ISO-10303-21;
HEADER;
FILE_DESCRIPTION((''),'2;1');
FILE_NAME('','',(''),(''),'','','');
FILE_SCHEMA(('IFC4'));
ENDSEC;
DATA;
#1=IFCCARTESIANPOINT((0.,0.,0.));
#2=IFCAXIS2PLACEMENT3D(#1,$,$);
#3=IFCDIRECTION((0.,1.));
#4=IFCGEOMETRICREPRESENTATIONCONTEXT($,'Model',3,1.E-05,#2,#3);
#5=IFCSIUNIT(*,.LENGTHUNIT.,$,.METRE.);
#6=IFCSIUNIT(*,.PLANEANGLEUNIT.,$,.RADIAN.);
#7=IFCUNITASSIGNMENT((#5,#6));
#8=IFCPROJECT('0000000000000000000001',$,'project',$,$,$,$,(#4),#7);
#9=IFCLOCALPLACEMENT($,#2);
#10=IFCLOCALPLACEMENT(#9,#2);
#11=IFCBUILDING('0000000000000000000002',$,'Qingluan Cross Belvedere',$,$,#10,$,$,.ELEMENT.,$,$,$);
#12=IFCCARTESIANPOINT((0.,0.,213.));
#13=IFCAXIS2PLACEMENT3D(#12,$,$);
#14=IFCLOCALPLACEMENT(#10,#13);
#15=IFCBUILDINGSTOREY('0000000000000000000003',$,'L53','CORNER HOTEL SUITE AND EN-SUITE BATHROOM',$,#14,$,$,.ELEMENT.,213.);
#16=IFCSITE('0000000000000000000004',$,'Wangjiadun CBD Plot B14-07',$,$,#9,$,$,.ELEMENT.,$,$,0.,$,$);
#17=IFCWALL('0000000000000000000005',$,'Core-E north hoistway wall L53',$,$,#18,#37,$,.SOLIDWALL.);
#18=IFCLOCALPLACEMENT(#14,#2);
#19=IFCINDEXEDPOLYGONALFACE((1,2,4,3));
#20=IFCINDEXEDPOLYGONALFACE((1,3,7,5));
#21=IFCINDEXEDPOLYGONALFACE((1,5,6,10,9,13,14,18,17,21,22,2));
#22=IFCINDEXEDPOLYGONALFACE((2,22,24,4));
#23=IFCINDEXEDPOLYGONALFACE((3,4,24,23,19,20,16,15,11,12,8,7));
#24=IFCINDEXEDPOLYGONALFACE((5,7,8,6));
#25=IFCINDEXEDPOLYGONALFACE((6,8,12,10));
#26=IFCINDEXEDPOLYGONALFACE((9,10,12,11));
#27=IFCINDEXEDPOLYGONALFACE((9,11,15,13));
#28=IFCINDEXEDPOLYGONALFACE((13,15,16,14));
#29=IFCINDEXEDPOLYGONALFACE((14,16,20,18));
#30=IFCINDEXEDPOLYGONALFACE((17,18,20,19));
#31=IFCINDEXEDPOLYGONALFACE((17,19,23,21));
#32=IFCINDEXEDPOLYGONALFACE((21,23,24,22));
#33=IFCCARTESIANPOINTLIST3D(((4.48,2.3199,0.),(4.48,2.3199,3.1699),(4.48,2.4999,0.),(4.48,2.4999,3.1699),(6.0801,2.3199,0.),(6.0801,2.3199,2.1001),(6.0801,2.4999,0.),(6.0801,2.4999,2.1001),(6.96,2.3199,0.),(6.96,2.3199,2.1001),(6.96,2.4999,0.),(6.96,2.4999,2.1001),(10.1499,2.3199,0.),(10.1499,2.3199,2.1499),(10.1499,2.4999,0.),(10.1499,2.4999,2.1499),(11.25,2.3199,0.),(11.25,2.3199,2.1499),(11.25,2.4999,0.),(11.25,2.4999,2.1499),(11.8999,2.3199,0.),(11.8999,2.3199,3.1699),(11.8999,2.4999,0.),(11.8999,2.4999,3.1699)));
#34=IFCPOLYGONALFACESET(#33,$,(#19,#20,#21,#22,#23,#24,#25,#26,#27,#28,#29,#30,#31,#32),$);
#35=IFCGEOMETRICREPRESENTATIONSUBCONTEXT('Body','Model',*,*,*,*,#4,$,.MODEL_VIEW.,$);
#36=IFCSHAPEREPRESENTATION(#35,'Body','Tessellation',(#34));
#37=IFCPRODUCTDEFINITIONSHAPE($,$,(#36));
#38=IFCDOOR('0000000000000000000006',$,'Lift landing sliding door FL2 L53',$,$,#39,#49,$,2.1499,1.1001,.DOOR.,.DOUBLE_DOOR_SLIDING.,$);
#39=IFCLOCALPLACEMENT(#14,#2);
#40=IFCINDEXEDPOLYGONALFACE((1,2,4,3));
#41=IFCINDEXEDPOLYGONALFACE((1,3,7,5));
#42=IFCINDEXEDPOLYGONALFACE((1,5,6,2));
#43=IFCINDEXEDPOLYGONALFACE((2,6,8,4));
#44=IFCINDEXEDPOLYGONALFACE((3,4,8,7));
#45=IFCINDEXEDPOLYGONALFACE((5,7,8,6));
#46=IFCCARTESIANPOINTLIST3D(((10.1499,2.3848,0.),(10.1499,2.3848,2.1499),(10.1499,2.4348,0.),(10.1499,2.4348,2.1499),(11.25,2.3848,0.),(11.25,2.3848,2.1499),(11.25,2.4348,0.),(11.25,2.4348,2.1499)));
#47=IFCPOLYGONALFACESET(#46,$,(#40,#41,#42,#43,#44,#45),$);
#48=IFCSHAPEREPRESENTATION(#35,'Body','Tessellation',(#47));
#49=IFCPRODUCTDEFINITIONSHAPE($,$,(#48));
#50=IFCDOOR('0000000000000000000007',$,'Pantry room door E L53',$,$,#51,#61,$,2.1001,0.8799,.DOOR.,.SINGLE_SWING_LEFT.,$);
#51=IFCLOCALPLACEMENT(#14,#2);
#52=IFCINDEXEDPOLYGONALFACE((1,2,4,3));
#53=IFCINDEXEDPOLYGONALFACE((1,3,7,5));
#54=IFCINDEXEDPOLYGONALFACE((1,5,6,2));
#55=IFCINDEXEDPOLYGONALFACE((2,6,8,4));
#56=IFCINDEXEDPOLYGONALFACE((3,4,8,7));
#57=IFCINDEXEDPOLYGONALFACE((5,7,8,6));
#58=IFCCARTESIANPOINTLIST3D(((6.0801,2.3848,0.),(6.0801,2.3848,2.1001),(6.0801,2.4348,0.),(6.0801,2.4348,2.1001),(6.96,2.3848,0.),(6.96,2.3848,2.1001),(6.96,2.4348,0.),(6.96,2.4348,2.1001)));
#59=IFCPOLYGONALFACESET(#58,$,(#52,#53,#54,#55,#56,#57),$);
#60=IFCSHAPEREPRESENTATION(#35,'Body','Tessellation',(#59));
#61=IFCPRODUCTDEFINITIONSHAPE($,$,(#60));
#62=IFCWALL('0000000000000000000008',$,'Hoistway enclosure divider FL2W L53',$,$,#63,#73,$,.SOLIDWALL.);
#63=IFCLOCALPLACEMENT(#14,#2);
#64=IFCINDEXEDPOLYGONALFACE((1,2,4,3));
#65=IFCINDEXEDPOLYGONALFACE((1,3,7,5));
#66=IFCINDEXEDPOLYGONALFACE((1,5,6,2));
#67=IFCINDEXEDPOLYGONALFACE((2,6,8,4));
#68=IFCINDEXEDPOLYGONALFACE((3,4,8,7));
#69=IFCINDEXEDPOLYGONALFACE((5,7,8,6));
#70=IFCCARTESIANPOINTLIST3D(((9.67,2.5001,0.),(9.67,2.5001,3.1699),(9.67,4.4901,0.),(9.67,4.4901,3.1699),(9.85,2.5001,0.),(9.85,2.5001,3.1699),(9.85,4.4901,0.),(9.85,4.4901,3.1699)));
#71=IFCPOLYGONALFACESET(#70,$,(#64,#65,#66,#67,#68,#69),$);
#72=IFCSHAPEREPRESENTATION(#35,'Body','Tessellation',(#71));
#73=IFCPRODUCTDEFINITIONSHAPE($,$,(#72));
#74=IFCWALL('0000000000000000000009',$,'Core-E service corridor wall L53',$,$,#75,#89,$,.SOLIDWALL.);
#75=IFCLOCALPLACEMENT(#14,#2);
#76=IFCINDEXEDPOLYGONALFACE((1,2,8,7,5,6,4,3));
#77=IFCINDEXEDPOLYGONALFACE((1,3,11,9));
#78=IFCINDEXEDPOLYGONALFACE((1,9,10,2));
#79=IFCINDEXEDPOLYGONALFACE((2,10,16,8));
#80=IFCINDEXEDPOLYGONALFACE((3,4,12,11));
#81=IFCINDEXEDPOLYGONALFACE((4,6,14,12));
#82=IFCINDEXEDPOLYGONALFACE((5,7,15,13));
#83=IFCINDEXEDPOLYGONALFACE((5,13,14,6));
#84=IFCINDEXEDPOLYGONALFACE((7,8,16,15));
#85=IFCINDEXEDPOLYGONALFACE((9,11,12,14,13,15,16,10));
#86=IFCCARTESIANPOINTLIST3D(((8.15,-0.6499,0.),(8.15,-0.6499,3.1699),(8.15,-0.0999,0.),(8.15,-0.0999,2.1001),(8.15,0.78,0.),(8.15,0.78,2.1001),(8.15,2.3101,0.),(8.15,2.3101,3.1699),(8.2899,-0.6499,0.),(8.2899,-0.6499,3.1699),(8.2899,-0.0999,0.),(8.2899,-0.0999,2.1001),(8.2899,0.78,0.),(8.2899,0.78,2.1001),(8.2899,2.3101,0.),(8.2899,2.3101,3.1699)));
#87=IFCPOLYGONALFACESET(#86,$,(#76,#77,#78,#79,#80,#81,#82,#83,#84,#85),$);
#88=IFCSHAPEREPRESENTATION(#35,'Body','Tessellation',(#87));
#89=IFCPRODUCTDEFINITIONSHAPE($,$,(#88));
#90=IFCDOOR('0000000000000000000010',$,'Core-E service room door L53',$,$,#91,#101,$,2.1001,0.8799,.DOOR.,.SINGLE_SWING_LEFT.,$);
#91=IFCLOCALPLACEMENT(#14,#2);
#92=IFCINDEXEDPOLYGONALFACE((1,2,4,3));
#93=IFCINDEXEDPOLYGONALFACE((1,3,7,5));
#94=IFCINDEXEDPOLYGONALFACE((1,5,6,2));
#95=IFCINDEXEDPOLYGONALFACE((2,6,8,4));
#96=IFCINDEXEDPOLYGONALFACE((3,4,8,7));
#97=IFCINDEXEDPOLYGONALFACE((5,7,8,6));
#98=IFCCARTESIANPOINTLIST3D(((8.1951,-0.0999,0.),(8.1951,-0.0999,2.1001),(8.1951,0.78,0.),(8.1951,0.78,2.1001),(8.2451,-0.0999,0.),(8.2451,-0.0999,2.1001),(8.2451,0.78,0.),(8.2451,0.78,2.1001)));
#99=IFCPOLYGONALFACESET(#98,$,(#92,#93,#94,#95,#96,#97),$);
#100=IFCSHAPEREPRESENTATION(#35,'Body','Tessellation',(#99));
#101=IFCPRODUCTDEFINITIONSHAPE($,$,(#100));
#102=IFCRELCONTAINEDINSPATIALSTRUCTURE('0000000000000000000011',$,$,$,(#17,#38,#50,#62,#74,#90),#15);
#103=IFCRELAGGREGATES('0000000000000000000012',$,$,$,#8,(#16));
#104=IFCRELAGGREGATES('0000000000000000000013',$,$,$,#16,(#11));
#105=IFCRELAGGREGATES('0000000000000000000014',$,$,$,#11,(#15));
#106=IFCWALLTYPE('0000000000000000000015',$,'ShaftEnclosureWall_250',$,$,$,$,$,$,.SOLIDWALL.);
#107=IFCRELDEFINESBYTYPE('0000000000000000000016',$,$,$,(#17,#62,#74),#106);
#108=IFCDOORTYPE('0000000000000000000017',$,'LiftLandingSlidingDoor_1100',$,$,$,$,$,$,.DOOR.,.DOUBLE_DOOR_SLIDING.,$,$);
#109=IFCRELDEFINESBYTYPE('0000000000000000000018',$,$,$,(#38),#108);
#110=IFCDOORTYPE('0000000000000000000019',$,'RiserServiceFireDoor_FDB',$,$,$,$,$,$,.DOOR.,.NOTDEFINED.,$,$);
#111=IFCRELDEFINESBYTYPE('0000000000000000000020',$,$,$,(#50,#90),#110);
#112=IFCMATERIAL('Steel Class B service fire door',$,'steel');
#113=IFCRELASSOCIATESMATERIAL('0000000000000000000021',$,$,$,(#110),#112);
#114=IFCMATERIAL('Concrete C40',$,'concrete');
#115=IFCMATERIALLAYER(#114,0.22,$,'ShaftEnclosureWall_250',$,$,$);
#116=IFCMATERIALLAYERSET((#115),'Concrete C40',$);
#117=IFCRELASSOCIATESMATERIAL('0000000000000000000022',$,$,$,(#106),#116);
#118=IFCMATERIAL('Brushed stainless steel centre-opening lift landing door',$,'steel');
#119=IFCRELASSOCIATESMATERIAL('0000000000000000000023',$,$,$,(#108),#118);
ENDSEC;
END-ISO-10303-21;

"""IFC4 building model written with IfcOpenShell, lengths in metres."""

from ifc_helpers import new_model, si_unit, direction, frame, frame_2d, origin, place, context, subcontext, project, spatial, rectangle, extrude, material, layer, layer_set, type_object, element, fill, save


model = new_model("IFC4")

# Units and contexts
model_context = context("Model", 3, precision=1e-05, world=origin(), true_north=direction((0.0, 1.0)))
body_context = subcontext(model_context, "Body", "Model", "MODEL_VIEW")
ifc_project = project(units=[si_unit("LENGTHUNIT", "METRE"), si_unit("PLANEANGLEUNIT", "RADIAN")], contexts=[model_context])

# Site, building, storey
site_placement = place(None, origin())
site = spatial("IfcSite", under=ifc_project, at=site_placement, Name="Wangjiadun CBD Plot B14-07", CompositionType="ELEMENT", RefElevation=0.0)
building_placement = place(site_placement, origin())
building = spatial("IfcBuilding", under=site, at=building_placement, Name="Qingluan Cross Belvedere", CompositionType="ELEMENT")
storey_placement = place(building_placement, frame((0.0, 0.0, 213.0)))
storey = spatial("IfcBuildingStorey", under=building, at=storey_placement, Name="L53", Description="CORNER HOTEL SUITE AND EN-SUITE BATHROOM", CompositionType="ELEMENT", Elevation=213.0)

# Shared definitions
ifc_material_1 = material(Name="Steel Class B service fire door", Category="steel")
door_type_1 = type_object("IfcDoorType", Name="RiserServiceFireDoor_FDB", OperationType="NOTDEFINED", PredefinedType="DOOR", material=ifc_material_1)

# Wall, openings, doors
ifc_material_2 = material(Name="Concrete C40", Category="concrete")
ifc_layer_1 = layer(ifc_material_2, 0.22, Name="ShaftEnclosureWall_250")
ifc_layer_set_1 = layer_set([ifc_layer_1], Name="Concrete C40")
wall_type_1 = type_object("IfcWallType", Name="ShaftEnclosureWall_250", PredefinedType="SOLIDWALL", material=ifc_layer_set_1)
wall_1_placement = place(storey_placement, frame((4.48, 2.4099, 0.0), z_axis=(0.0, 0.0, 1.0), x_axis=(1.0, 0.0, 0.0)))
wall_1 = element("IfcWall", 1, at=wall_1_placement, inside=storey, type_object=wall_type_1, Name="Core-E north hoistway wall L53", PredefinedType="SOLIDWALL", context=body_context, shape_type="SweptSolid", body=[
    extrude(rectangle(XDim=7.4199, YDim=0.1799, at=frame_2d((3.71, 0.0))), origin(), (0.0, 0.0, 1.0), 3.1699),
])
opening_1_placement = place(wall_1_placement, frame((5.6699, 0.0, 0.0)))
opening_1 = element("IfcOpeningElement", 2, at=opening_1_placement, cuts=wall_1, PredefinedType="OPENING", context=body_context, shape_type="SweptSolid", body=[
    extrude(rectangle(XDim=1.1001, YDim=2.1499, at=frame_2d((0.55, 1.075))), frame((0.0, 0.0999, 0.0), z_axis=(0.0, -1.0, 0.0), x_axis=(1.0, 0.0, 0.0)), (0.0, 0.0, 1.0), 0.2),
])
opening_2_placement = place(wall_1_placement, frame((1.6001, 0.0, 0.0)))
opening_2 = element("IfcOpeningElement", 3, at=opening_2_placement, cuts=wall_1, PredefinedType="OPENING", context=body_context, shape_type="SweptSolid", body=[
    extrude(rectangle(XDim=0.8799, YDim=2.1001, at=frame_2d((0.4399, 1.05))), frame((0.0, 0.0999, 0.0), z_axis=(0.0, -1.0, 0.0), x_axis=(1.0, 0.0, 0.0)), (0.0, 0.0, 1.0), 0.2),
])
ifc_material_3 = material(Name="Brushed stainless steel centre-opening lift landing door", Category="steel")
door_type_2 = type_object("IfcDoorType", Name="LiftLandingSlidingDoor_1100", OperationType="DOUBLE_DOOR_SLIDING", PredefinedType="DOOR", material=ifc_material_3)
door_1_placement = place(opening_1_placement, origin())
door_1 = element("IfcDoor", 4, at=door_1_placement, inside=storey, type_object=door_type_2, Name="Lift landing sliding door FL2 L53", OperationType="DOUBLE_DOOR_SLIDING", OverallHeight=2.1499, OverallWidth=1.1001, PredefinedType="DOOR", context=body_context, shape_type="SweptSolid", body=[
    extrude(rectangle(XDim=1.1001, YDim=2.1499, at=frame_2d((0.55, 1.075))), frame((0.0, 0.0249, 0.0), z_axis=(0.0, -1.0, 0.0), x_axis=(1.0, 0.0, 0.0)), (0.0, 0.0, 1.0), 0.05),
])
fill(opening_1, door_1)
door_2_placement = place(opening_2_placement, origin())
door_2 = element("IfcDoor", 5, at=door_2_placement, inside=storey, type_object=door_type_1, Name="Pantry room door E L53", OperationType="SINGLE_SWING_LEFT", OverallHeight=2.1001, OverallWidth=0.8799, PredefinedType="DOOR", context=body_context, shape_type="SweptSolid", body=[
    extrude(rectangle(XDim=0.8799, YDim=2.1001, at=frame_2d((0.4399, 1.05))), frame((0.0, 0.0249, 0.0), z_axis=(0.0, -1.0, 0.0), x_axis=(1.0, 0.0, 0.0)), (0.0, 0.0, 1.0), 0.05),
])
fill(opening_2, door_2)

# Wall
wall_2_placement = place(storey_placement, frame((9.76, 2.5, 0.0), z_axis=(0.0, 0.0, 1.0), x_axis=(0.0, 1.0, 0.0)))
element("IfcWall", 6, at=wall_2_placement, inside=storey, type_object=wall_type_1, Name="Hoistway enclosure divider FL2W L53", PredefinedType="SOLIDWALL", context=body_context, shape_type="SweptSolid", body=[
    extrude(rectangle(XDim=1.99, YDim=0.1799, at=frame_2d((0.9951, 0.0))), origin(), (0.0, 0.0, 1.0), 3.1699),
])

# Wall, opening, door
wall_3_placement = place(storey_placement, frame((8.22, -0.6499, 0.0), z_axis=(0.0, 0.0, 1.0), x_axis=(0.0, 1.0, 0.0)))
wall_3 = element("IfcWall", 7, at=wall_3_placement, inside=storey, type_object=wall_type_1, Name="Core-E service corridor wall L53", PredefinedType="SOLIDWALL", context=body_context, shape_type="SweptSolid", body=[
    extrude(rectangle(XDim=2.96, YDim=0.1399, at=frame_2d((1.48, 0.0))), origin(), (0.0, 0.0, 1.0), 3.1699),
])
opening_3_placement = place(wall_3_placement, frame((0.55, 0.0, 0.0)))
opening_3 = element("IfcOpeningElement", 8, at=opening_3_placement, cuts=wall_3, PredefinedType="OPENING", context=body_context, shape_type="SweptSolid", body=[
    extrude(rectangle(XDim=0.8799, YDim=2.1001, at=frame_2d((0.4399, 1.05))), frame((0.0, 0.0798, 0.0), z_axis=(0.0, -1.0, 0.0), x_axis=(1.0, 0.0, 0.0)), (0.0, 0.0, 1.0), 0.1599),
])
door_3_placement = place(opening_3_placement, origin())
door_3 = element("IfcDoor", 9, at=door_3_placement, inside=storey, type_object=door_type_1, Name="Core-E service room door L53", OperationType="SINGLE_SWING_LEFT", OverallHeight=2.1001, OverallWidth=0.8799, PredefinedType="DOOR", context=body_context, shape_type="SweptSolid", body=[
    extrude(rectangle(XDim=0.8799, YDim=2.1001, at=frame_2d((0.4399, 1.05))), frame((0.0, 0.0249, 0.0), z_axis=(0.0, -1.0, 0.0), x_axis=(1.0, 0.0, 0.0)), (0.0, 0.0, 1.0), 0.05),
])
fill(opening_3, door_3)

save(model, "model.ifc")
